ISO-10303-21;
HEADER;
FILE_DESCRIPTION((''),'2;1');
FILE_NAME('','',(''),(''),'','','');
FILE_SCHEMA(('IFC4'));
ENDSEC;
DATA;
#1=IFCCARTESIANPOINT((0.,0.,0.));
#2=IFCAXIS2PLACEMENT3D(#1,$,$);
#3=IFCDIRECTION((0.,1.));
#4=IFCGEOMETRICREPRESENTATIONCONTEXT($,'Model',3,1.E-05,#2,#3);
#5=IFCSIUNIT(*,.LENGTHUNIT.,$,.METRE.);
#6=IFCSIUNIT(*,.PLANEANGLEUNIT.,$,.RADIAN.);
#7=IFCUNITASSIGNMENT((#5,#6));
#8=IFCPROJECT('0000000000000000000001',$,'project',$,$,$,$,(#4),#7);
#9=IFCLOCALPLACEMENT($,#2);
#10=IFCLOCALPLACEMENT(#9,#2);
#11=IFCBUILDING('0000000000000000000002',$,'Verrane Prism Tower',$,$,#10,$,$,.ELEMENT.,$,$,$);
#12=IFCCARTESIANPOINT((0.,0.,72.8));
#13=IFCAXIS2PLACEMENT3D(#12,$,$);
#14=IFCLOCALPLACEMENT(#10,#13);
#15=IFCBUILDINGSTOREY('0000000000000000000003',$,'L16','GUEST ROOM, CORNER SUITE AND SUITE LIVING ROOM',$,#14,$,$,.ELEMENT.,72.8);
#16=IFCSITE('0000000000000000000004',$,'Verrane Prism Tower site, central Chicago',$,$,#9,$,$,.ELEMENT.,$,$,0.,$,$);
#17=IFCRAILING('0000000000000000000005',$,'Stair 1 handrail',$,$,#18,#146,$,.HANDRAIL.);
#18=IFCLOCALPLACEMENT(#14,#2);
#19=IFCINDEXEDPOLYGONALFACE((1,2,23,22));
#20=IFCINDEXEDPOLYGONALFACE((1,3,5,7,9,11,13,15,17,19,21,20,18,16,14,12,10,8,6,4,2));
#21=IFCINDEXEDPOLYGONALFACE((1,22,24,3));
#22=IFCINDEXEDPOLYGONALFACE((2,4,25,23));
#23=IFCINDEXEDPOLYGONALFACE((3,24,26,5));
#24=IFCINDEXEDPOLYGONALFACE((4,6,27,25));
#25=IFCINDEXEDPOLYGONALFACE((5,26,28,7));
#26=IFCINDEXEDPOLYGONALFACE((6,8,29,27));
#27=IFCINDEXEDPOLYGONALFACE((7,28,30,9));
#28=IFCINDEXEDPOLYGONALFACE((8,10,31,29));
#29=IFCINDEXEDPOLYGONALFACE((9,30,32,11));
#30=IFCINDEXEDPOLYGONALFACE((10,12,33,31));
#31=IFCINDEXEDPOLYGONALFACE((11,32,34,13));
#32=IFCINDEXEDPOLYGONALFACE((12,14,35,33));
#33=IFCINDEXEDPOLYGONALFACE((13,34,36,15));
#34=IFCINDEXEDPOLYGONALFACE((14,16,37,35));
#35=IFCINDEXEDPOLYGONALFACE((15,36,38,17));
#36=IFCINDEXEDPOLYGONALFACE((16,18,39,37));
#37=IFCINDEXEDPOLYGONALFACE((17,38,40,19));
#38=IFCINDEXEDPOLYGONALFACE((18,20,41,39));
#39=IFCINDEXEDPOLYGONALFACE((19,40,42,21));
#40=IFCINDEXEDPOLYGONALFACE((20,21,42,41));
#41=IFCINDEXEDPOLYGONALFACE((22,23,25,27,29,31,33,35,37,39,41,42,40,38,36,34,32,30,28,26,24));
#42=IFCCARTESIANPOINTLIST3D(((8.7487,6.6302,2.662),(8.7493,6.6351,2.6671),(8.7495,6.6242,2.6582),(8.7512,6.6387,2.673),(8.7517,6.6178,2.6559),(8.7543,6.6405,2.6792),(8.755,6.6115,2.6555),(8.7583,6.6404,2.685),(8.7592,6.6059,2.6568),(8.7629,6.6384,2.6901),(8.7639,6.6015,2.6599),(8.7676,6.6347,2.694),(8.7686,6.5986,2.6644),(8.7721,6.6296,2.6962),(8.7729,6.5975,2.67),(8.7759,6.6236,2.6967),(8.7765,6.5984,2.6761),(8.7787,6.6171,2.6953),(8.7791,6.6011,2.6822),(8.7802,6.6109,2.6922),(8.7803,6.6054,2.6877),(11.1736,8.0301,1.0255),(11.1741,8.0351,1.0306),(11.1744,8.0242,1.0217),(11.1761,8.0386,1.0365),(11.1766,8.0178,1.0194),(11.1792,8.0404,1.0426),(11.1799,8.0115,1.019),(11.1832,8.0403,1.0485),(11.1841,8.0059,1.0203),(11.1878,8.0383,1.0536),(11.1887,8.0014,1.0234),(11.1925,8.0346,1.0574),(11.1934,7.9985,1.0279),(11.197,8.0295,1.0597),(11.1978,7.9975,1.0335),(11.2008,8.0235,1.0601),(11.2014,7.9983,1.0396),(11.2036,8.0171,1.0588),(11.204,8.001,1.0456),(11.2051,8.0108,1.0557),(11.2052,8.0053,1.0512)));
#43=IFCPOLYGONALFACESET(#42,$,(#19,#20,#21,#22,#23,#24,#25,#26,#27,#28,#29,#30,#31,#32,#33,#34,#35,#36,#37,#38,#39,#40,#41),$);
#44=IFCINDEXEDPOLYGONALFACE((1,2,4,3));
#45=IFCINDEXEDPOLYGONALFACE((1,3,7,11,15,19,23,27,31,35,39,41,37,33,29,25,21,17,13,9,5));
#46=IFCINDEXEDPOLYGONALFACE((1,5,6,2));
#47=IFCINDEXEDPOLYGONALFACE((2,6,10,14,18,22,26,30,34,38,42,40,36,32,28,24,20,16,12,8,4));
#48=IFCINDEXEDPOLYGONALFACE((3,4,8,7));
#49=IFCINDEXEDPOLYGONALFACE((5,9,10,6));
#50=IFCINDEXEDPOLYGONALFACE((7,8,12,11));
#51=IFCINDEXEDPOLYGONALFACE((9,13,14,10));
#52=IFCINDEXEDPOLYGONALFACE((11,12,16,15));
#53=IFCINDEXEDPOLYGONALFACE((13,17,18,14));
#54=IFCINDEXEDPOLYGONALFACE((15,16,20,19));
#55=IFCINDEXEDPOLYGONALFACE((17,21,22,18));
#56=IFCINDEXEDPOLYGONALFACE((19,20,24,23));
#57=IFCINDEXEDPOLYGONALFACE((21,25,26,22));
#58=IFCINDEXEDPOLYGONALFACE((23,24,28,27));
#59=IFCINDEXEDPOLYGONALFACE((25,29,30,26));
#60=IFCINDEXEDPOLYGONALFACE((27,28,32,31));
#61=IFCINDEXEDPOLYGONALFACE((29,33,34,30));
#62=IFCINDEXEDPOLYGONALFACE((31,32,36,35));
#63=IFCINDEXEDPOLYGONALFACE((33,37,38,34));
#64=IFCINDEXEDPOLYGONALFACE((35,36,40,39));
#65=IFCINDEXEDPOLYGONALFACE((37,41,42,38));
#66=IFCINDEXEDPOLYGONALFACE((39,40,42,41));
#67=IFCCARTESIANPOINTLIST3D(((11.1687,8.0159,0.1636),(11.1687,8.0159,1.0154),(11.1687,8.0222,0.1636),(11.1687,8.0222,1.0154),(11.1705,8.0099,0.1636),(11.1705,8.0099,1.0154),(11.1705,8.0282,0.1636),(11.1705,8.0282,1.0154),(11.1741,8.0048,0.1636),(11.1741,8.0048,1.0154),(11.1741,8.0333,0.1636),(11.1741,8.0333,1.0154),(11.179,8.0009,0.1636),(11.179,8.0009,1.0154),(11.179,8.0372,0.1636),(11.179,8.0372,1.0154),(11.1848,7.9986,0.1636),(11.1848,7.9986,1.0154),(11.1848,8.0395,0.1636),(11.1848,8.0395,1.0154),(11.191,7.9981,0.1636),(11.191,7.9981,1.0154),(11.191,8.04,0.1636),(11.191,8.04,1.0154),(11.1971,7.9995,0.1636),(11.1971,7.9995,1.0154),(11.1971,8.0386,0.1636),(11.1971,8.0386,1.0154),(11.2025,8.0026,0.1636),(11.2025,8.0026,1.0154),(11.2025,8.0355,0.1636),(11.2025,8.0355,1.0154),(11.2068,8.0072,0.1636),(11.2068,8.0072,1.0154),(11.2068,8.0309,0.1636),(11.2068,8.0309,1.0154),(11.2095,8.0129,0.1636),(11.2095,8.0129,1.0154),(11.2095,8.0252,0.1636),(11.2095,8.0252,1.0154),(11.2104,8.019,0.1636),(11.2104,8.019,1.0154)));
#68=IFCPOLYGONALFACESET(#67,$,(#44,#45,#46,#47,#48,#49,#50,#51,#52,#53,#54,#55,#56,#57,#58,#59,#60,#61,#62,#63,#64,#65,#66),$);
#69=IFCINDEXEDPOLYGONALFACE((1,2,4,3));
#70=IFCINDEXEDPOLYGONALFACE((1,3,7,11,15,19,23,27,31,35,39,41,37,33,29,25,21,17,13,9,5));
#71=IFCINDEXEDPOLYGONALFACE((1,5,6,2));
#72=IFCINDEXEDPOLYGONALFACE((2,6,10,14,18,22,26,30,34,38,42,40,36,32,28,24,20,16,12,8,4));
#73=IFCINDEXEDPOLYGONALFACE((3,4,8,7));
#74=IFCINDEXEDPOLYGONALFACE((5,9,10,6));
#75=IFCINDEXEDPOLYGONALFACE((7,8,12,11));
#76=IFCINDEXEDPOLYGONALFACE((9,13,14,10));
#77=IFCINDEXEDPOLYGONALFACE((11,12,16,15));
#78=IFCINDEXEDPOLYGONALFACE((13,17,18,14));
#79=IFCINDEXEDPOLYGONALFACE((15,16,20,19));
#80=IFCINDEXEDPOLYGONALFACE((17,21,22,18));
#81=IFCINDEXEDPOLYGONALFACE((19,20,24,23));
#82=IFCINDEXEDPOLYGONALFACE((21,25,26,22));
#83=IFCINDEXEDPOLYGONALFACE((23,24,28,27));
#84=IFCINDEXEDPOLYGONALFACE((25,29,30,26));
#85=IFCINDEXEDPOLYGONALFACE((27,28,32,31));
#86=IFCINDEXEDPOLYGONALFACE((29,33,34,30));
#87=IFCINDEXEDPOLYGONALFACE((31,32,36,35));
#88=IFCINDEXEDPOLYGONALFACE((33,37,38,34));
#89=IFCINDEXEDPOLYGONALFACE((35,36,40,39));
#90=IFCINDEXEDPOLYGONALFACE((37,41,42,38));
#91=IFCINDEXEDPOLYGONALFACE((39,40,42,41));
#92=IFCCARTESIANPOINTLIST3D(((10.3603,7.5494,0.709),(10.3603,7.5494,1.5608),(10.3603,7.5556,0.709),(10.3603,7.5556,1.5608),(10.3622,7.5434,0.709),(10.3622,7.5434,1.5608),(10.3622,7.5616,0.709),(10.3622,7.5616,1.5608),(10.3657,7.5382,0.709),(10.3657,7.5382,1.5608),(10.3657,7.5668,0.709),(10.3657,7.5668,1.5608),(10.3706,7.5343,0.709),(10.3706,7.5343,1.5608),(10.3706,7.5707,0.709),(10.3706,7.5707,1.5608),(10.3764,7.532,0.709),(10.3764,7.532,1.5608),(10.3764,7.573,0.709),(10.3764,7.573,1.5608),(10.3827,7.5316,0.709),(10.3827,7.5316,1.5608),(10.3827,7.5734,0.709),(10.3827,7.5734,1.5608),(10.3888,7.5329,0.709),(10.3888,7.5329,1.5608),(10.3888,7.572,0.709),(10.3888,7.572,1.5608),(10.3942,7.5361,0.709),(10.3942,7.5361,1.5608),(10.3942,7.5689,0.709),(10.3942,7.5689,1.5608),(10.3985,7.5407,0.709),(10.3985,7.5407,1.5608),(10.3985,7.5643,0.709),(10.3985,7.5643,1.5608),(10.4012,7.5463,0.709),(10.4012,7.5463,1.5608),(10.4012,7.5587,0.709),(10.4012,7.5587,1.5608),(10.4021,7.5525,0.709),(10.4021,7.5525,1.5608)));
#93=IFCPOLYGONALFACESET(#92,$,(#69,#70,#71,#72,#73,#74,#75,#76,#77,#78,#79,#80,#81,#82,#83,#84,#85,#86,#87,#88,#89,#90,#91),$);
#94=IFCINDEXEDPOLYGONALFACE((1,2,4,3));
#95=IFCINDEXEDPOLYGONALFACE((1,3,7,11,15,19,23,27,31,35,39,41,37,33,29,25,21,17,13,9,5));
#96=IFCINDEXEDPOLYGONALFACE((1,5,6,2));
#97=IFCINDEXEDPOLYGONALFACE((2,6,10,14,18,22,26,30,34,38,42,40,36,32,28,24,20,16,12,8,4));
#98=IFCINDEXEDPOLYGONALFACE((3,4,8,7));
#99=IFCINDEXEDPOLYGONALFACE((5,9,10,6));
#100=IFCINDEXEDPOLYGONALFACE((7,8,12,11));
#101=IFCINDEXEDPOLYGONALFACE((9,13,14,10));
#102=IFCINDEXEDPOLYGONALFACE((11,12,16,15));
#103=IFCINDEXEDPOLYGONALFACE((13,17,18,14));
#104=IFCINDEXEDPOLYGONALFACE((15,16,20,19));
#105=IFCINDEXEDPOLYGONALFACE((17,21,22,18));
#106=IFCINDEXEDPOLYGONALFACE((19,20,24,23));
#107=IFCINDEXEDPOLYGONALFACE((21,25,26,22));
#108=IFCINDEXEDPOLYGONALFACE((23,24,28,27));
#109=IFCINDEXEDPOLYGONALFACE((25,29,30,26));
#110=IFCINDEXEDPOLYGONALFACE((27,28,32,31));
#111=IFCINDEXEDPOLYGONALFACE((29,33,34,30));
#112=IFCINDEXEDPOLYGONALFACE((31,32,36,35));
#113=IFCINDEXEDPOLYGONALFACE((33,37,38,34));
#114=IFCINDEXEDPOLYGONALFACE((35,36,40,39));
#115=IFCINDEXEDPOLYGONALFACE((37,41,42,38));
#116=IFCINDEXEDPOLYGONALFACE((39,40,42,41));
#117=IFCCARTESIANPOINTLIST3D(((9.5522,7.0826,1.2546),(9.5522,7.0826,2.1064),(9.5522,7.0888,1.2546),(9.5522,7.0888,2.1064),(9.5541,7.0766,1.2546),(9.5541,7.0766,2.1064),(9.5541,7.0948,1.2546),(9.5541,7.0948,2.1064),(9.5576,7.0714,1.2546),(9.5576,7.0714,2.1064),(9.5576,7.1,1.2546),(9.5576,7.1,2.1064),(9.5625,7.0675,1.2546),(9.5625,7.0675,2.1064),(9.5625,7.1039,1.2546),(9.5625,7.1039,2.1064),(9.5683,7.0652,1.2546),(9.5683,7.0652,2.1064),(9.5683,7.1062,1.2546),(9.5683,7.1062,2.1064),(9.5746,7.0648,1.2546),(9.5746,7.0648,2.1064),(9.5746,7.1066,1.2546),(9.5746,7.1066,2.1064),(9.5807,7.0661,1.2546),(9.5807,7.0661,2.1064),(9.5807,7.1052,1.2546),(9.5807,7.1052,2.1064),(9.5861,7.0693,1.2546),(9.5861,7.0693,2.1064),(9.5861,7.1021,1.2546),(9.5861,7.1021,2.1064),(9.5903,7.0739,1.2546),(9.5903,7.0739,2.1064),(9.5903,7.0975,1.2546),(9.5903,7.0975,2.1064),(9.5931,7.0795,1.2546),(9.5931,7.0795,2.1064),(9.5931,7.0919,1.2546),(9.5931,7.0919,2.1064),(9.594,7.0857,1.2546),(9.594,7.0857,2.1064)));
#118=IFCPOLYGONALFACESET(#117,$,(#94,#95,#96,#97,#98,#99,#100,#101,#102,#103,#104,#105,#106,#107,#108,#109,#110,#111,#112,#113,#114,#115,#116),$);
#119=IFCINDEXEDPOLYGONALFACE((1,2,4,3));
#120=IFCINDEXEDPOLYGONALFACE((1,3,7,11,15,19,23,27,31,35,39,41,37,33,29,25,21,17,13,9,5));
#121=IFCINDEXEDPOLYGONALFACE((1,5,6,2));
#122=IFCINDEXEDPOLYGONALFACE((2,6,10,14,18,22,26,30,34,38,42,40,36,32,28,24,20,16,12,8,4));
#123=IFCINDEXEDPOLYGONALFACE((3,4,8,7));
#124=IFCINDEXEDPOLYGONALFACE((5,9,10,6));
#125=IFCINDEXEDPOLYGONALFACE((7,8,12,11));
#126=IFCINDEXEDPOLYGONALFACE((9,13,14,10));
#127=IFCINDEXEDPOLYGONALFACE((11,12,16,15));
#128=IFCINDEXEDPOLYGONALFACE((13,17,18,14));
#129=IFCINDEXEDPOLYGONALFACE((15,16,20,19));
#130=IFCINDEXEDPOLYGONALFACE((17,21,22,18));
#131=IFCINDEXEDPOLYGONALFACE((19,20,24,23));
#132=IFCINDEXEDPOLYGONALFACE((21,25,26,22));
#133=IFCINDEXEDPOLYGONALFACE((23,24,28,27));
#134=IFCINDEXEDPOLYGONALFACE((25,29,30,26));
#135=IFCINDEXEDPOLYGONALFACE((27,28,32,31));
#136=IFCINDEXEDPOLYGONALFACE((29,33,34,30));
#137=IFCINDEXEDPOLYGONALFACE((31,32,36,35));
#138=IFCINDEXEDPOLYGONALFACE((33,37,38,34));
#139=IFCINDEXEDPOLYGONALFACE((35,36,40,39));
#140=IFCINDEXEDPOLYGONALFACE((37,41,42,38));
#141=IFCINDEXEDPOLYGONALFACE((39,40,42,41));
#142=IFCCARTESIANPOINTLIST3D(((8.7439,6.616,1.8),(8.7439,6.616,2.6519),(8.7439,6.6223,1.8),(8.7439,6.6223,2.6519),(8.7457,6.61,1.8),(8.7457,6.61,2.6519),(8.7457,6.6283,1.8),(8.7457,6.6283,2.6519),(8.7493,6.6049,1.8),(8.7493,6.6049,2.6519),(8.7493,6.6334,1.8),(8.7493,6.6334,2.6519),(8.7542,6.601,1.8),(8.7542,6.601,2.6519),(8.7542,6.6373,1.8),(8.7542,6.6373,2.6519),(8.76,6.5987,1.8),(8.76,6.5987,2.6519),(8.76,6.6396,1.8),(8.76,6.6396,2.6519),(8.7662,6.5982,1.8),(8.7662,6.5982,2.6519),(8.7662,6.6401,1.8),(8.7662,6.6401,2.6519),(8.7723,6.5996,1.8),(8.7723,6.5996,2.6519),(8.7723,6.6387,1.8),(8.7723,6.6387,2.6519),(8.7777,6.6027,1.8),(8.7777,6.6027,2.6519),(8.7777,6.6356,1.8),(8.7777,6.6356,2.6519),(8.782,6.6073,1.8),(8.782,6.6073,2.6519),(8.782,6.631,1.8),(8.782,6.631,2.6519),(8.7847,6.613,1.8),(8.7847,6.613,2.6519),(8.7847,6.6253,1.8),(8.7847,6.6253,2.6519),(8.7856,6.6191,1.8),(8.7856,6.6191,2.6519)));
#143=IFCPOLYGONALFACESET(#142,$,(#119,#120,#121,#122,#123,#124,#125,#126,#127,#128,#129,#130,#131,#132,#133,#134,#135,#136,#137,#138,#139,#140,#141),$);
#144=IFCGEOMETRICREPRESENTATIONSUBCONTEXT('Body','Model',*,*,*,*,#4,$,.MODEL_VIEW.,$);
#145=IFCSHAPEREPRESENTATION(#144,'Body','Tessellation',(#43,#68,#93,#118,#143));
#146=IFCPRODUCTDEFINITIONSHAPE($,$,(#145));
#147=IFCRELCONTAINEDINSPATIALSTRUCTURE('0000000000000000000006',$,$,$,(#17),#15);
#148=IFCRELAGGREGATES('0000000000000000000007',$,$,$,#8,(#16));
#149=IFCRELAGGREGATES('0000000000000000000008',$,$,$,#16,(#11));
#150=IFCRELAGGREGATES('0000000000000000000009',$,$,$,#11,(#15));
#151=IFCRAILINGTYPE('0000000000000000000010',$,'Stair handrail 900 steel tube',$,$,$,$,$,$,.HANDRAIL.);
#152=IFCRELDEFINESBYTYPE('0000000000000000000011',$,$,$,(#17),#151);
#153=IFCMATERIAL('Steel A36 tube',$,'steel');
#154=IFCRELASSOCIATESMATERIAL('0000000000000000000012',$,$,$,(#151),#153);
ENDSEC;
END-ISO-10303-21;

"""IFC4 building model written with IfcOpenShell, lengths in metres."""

from ifc_helpers import new_model, si_unit, direction, frame, origin, origin_2d, place, context, subcontext, project, spatial, circle, extrude, material, type_object, element, save


model = new_model("IFC4")

# Units and contexts
model_context = context("Model", 3, precision=1e-05, world=origin(), true_north=direction((0.0, 1.0)))
body_context = subcontext(model_context, "Body", "Model", "MODEL_VIEW")
ifc_project = project(units=[si_unit("LENGTHUNIT", "METRE"), si_unit("PLANEANGLEUNIT", "RADIAN")], contexts=[model_context])

# Site, building, storey
site_placement = place(None, origin())
site = spatial("IfcSite", under=ifc_project, at=site_placement, Name="Verrane Prism Tower site, central Chicago", CompositionType="ELEMENT", RefElevation=0.0)
building_placement = place(site_placement, origin())
building = spatial("IfcBuilding", under=site, at=building_placement, Name="Verrane Prism Tower", CompositionType="ELEMENT")
storey_placement = place(building_placement, frame((0.0, 0.0, 72.8)))
storey = spatial("IfcBuildingStorey", under=building, at=storey_placement, Name="L16", Description="GUEST ROOM, CORNER SUITE AND SUITE LIVING ROOM", CompositionType="ELEMENT", Elevation=72.8)

# Railing
ifc_material_1 = material(Name="Steel A36 tube", Category="steel")
railing_type_1 = type_object("IfcRailingType", Name="Stair handrail 900 steel tube", PredefinedType="HANDRAIL", material=ifc_material_1)
railing_1_placement = place(storey_placement, frame((11.1895, 8.019, 0.1636)))
element("IfcRailing", 1, at=railing_1_placement, inside=storey, type_object=railing_type_1, Name="Stair 1 handrail", PredefinedType="HANDRAIL", context=body_context, shape_type="SweptSolid", body=[
    extrude(circle(Radius=0.0239, at=origin_2d()), frame((0.0, 0.0, 0.876), z_axis=(-0.74769, -0.431661, 0.504608), x_axis=(0.499984, -0.866035, 0.0)), (0.0, 0.0, 1.0), 3.2432),
    extrude(circle(Radius=0.021, at=origin_2d()), origin(), (0.0, 0.0, 1.0), 0.8518),
    extrude(circle(Radius=0.021, at=origin_2d()), frame((-0.8083, -0.4666, 0.5454)), (0.0, 0.0, 1.0), 0.8518),
    extrude(circle(Radius=0.021, at=origin_2d()), frame((-1.6165, -0.9333, 1.0911)), (0.0, 0.0, 1.0), 0.8518),
    extrude(circle(Radius=0.021, at=origin_2d()), frame((-2.4248, -1.3999, 1.6365)), (0.0, 0.0, 1.0), 0.8518),
])

save(model, "model.ifc")
